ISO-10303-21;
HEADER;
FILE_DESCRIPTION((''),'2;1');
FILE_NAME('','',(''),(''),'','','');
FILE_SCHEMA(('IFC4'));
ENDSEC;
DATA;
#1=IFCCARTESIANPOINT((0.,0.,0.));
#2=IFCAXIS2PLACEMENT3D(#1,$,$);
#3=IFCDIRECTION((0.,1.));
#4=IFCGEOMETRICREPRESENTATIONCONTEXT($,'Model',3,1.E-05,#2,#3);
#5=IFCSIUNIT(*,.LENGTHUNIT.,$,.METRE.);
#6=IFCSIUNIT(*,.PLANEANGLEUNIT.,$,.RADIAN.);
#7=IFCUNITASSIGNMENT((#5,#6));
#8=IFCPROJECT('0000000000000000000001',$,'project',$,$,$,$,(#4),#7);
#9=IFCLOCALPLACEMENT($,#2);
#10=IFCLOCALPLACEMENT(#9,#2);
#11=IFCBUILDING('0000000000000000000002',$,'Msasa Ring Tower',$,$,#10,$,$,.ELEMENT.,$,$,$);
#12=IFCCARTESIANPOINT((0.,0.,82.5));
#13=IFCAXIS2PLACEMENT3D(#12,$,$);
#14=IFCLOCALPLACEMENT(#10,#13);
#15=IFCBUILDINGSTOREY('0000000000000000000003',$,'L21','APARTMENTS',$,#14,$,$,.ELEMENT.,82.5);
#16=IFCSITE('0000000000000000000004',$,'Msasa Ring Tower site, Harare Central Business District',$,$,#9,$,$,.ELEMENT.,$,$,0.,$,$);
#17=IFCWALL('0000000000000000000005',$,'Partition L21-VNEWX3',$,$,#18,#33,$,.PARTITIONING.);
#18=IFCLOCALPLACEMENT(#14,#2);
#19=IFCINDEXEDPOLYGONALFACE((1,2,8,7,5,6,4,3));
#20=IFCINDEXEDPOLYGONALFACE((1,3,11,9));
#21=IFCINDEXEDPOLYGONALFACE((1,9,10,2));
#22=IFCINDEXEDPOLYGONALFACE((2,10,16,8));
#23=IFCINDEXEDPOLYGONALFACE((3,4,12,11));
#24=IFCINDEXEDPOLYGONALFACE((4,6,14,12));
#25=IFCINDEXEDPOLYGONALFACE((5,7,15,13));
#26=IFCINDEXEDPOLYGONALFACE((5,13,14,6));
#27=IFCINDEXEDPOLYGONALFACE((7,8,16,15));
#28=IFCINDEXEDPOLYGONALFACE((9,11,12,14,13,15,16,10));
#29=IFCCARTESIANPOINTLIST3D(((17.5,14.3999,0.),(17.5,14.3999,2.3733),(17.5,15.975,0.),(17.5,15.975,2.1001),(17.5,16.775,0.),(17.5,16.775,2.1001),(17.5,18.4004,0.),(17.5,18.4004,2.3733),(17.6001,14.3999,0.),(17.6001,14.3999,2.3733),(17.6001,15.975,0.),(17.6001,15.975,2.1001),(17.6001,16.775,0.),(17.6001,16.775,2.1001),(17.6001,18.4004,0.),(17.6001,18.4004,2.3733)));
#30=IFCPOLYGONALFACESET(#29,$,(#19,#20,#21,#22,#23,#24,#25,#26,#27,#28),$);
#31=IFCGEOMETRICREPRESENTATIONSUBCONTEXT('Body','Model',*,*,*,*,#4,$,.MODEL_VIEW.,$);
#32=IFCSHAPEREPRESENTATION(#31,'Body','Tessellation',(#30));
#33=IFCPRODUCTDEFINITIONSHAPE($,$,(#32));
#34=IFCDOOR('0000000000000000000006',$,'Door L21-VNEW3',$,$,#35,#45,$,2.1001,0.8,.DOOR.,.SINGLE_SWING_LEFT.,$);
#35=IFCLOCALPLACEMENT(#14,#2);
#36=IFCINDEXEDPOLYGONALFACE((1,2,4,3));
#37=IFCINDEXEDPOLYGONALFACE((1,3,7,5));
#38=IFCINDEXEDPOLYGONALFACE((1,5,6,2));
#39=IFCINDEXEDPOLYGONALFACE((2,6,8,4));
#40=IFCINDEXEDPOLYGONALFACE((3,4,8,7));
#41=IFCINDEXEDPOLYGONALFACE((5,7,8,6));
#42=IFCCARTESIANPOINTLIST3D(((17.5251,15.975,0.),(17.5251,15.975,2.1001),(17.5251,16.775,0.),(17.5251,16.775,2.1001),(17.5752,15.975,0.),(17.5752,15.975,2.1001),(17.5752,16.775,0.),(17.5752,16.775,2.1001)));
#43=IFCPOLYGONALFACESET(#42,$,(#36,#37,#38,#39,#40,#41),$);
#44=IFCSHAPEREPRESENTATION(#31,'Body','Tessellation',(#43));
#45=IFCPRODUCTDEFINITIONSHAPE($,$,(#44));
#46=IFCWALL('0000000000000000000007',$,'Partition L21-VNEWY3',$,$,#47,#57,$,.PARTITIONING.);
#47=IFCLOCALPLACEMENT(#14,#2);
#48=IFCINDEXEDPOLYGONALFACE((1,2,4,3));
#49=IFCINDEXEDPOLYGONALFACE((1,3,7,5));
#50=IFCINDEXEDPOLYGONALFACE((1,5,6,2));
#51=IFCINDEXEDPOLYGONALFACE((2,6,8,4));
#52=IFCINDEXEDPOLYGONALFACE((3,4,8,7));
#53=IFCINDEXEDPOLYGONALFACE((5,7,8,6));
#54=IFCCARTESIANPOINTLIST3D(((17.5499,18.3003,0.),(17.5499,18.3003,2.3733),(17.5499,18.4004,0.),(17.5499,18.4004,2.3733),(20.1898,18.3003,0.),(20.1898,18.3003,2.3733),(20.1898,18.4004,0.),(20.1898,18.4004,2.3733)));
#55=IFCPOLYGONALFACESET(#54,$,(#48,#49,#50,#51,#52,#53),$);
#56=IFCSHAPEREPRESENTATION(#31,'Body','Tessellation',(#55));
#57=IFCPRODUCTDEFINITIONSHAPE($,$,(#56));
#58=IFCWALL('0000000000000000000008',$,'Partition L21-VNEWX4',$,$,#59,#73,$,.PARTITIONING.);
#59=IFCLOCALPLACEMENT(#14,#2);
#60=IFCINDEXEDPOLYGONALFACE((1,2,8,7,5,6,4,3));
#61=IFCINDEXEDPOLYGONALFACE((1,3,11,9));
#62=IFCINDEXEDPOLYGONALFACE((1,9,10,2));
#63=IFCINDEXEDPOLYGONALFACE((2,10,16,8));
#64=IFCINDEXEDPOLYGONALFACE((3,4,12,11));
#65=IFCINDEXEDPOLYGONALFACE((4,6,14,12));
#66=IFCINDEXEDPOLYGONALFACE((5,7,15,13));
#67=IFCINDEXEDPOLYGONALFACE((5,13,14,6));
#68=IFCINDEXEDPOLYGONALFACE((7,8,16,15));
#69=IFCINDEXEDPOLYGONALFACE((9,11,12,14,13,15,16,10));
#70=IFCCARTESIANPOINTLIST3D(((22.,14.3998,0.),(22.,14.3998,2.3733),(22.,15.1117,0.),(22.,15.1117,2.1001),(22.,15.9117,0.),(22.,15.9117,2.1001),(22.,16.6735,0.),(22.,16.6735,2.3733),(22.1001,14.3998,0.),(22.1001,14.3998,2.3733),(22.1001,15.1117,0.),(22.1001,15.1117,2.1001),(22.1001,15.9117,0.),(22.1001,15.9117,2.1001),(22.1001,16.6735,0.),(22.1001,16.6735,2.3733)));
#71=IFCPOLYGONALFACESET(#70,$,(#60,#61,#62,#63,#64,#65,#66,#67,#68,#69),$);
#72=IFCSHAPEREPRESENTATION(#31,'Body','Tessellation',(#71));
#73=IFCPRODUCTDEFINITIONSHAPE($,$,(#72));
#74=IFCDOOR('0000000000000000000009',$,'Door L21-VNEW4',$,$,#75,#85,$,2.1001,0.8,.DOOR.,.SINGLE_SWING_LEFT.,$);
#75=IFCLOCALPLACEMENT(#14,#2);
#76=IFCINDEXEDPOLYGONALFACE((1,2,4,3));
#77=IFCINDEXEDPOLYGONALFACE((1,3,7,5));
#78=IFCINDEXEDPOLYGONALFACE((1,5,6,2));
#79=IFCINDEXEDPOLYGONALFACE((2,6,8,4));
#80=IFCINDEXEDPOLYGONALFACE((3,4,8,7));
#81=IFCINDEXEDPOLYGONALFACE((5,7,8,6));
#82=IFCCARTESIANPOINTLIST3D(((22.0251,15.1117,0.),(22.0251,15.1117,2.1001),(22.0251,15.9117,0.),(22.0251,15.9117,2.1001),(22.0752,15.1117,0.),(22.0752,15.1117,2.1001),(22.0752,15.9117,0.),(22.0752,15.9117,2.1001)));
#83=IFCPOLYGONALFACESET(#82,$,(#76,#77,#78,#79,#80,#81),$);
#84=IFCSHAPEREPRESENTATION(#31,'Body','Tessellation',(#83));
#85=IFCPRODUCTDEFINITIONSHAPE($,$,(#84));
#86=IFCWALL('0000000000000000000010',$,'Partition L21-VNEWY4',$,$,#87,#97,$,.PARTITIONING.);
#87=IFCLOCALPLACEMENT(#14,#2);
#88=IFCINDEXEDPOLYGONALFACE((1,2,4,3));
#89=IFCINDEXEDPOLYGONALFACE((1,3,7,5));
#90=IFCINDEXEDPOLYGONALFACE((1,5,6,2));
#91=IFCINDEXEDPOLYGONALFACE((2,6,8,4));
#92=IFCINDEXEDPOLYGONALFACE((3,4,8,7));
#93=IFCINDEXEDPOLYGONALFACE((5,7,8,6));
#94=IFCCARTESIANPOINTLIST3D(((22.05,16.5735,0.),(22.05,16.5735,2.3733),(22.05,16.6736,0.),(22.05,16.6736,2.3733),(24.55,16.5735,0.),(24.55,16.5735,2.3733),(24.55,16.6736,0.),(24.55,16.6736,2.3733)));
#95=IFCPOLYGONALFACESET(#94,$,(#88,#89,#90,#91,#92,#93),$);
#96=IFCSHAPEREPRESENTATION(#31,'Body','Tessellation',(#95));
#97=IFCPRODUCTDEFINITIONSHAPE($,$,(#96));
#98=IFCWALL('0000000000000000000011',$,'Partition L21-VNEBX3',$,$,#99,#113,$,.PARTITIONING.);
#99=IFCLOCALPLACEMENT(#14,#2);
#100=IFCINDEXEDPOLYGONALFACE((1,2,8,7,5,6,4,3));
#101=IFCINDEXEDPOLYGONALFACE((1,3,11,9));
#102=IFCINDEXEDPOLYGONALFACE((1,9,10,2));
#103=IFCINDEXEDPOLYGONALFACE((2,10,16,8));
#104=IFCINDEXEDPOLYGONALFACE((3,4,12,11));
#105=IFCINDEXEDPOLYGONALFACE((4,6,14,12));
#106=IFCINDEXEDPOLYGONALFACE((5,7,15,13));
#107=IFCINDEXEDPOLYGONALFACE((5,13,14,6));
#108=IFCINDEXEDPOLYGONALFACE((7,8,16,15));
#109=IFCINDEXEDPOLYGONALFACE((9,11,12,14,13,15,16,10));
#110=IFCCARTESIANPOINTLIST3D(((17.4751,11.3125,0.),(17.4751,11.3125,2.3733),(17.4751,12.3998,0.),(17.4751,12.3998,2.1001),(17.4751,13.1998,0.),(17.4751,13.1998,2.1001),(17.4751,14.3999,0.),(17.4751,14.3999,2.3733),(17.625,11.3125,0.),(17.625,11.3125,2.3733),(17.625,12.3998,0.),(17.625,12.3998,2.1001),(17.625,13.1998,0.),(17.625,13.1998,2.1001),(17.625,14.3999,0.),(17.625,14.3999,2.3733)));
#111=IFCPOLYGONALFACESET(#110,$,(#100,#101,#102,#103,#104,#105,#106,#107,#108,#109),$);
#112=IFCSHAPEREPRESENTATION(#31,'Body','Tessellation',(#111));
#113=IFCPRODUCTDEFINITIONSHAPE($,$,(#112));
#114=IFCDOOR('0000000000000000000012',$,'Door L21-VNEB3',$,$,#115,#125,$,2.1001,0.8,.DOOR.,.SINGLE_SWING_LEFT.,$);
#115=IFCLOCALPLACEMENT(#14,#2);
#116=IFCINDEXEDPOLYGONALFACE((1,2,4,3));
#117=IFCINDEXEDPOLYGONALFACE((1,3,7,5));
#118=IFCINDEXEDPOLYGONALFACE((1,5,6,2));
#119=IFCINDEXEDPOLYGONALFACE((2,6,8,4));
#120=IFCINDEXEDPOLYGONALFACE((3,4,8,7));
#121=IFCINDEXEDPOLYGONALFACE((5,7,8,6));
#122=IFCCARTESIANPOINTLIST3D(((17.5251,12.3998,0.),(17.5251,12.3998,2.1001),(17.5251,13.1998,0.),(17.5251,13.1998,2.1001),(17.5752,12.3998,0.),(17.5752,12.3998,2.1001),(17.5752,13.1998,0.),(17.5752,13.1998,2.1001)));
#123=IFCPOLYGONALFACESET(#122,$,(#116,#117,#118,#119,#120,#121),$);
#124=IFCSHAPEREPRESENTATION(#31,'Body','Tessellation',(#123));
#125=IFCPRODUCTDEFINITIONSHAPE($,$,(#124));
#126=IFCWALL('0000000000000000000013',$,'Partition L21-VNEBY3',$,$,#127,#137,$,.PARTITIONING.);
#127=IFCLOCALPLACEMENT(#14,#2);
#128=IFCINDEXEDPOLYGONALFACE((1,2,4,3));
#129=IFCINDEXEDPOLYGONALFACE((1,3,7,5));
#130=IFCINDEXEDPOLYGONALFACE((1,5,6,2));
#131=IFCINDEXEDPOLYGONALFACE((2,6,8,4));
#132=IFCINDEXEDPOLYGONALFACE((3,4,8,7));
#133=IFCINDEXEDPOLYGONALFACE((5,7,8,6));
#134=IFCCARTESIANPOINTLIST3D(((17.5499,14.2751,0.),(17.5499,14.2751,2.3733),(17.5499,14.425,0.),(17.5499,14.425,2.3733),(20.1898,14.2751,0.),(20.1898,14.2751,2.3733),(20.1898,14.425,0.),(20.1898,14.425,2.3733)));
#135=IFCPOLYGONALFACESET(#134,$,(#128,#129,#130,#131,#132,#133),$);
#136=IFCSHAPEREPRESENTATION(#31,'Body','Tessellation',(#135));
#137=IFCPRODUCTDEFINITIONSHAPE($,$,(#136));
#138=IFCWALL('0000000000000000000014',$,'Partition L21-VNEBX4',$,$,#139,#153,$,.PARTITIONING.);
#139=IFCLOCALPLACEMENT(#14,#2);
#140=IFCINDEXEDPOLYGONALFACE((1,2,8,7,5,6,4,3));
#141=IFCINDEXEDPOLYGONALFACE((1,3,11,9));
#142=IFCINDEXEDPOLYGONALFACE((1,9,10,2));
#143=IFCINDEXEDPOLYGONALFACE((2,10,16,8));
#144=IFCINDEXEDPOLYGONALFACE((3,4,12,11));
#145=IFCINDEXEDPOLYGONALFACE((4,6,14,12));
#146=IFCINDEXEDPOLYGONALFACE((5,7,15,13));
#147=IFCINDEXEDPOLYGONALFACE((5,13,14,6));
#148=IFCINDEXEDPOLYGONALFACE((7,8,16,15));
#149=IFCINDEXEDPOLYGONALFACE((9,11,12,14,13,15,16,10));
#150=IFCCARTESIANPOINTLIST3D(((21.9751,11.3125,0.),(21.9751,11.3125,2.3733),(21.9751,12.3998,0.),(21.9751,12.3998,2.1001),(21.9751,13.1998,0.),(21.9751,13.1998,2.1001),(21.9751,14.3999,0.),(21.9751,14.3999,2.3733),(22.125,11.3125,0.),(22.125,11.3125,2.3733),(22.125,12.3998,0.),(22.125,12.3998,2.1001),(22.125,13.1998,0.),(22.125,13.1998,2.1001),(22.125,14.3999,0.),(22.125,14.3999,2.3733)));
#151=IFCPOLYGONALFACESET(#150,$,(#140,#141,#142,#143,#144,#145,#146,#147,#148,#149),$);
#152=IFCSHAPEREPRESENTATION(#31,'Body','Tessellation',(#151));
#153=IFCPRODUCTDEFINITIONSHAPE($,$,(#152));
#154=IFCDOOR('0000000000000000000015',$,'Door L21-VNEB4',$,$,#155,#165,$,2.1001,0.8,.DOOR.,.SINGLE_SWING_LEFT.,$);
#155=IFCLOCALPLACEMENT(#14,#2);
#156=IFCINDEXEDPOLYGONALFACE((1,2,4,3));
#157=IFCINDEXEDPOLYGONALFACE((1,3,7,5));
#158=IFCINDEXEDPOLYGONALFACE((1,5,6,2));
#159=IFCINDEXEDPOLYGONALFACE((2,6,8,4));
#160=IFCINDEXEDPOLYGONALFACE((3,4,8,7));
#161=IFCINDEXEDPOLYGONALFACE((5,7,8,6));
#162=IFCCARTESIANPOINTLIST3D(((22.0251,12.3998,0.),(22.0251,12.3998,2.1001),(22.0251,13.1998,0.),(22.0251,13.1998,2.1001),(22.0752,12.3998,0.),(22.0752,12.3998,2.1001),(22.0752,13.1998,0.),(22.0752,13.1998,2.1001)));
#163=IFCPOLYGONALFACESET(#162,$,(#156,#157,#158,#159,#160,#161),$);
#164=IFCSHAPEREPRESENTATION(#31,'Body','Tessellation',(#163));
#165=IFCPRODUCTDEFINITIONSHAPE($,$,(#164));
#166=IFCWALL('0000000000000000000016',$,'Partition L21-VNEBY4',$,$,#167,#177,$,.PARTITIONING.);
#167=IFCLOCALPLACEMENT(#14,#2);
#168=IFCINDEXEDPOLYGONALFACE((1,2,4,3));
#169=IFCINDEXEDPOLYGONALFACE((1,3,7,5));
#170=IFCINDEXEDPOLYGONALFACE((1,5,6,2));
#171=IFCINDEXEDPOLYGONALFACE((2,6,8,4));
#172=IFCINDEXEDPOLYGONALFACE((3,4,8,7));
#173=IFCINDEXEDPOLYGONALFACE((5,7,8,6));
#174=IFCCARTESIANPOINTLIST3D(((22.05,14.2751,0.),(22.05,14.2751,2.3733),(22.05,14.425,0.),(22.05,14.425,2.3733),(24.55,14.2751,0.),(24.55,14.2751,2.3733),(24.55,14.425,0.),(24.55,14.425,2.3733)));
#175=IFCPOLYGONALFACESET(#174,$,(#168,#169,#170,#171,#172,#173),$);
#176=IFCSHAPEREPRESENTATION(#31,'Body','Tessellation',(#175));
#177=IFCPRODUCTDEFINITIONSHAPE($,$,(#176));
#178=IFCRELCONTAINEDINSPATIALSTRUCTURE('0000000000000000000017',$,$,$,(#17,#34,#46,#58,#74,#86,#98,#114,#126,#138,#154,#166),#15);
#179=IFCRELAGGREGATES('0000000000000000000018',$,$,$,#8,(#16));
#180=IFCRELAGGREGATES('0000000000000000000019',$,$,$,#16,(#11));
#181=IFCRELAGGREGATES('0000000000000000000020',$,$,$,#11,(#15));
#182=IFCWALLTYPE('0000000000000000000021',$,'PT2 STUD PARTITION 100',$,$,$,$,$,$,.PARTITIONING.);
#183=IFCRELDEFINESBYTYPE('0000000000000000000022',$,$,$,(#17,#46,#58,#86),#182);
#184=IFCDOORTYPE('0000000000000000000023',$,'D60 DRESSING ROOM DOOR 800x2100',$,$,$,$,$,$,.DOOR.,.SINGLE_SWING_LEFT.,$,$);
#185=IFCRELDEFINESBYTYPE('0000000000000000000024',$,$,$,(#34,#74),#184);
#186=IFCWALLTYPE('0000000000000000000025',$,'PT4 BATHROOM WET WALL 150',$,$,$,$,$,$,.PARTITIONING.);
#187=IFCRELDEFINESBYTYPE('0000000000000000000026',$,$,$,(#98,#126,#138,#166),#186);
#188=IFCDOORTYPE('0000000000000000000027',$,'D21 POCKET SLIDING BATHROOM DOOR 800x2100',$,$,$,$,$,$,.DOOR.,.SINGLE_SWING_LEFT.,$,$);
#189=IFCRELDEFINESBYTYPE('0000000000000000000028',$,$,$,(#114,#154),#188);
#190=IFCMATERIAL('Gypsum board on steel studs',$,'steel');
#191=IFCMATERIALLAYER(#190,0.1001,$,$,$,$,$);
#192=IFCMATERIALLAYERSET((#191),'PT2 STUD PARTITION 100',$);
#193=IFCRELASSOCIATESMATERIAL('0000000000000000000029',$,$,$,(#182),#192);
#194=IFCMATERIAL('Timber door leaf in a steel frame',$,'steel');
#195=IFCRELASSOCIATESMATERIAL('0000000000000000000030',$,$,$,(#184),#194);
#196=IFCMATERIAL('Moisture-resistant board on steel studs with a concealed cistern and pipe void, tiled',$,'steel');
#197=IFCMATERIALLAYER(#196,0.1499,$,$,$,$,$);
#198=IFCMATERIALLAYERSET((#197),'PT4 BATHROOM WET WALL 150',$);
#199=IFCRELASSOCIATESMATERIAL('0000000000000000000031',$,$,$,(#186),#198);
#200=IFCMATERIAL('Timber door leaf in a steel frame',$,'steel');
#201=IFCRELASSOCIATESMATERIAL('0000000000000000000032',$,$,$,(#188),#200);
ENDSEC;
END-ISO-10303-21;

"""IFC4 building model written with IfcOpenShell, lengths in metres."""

from ifc_helpers import new_model, si_unit, direction, frame, frame_2d, origin, place, context, subcontext, project, spatial, rectangle, extrude, material, layer, layer_set, type_object, element, fill, save


model = new_model("IFC4")

# Units and contexts
model_context = context("Model", 3, precision=1e-05, world=origin(), true_north=direction((0.0, 1.0)))
body_context = subcontext(model_context, "Body", "Model", "MODEL_VIEW")
ifc_project = project(units=[si_unit("LENGTHUNIT", "METRE"), si_unit("PLANEANGLEUNIT", "RADIAN")], contexts=[model_context])

# Site, building, storey
site_placement = place(None, origin())
site = spatial("IfcSite", under=ifc_project, at=site_placement, Name="Msasa Ring Tower site, Harare Central Business District", CompositionType="ELEMENT", RefElevation=0.0)
building_placement = place(site_placement, origin())
building = spatial("IfcBuilding", under=site, at=building_placement, Name="Msasa Ring Tower", CompositionType="ELEMENT")
storey_placement = place(building_placement, frame((0.0, 0.0, 82.5)))
storey = spatial("IfcBuildingStorey", under=building, at=storey_placement, Name="L21", Description="APARTMENTS", CompositionType="ELEMENT", Elevation=82.5)

# Wall, opening, door
ifc_material_1 = material(Name="Gypsum board on steel studs", Category="steel")
ifc_layer_1 = layer(ifc_material_1, 0.1001)
ifc_layer_set_1 = layer_set([ifc_layer_1], Name="PT2 STUD PARTITION 100")
wall_type_1 = type_object("IfcWallType", Name="PT2 STUD PARTITION 100", PredefinedType="PARTITIONING", material=ifc_layer_set_1)
wall_1_placement = place(storey_placement, frame((17.55, 14.3999, 0.0), z_axis=(0.0, 0.0, 1.0), x_axis=(0.0, 1.0, 0.0)))
wall_1 = element("IfcWall", 1, at=wall_1_placement, inside=storey, type_object=wall_type_1, Name="Partition L21-VNEWX3", PredefinedType="PARTITIONING", context=body_context, shape_type="SweptSolid", body=[
    extrude(rectangle(XDim=4.0005, YDim=0.1001, at=frame_2d((2.0002, 0.0))), origin(), (0.0, 0.0, 1.0), 2.3733),
])
opening_1_placement = place(wall_1_placement, frame((1.5752, 0.0, 0.0)))
opening_1 = element("IfcOpeningElement", 2, at=opening_1_placement, cuts=wall_1, PredefinedType="OPENING", context=body_context, shape_type="SweptSolid", body=[
    extrude(rectangle(XDim=0.8, YDim=2.1001, at=frame_2d((0.3999, 1.05))), frame((0.0, 0.0601, 0.0), z_axis=(0.0, -1.0, 0.0), x_axis=(1.0, 0.0, 0.0)), (0.0, 0.0, 1.0), 0.1201),
])
ifc_material_2 = material(Name="Timber door leaf in a steel frame", Category="steel")
door_type_1 = type_object("IfcDoorType", Name="D60 DRESSING ROOM DOOR 800x2100", OperationType="SINGLE_SWING_LEFT", PredefinedType="DOOR", material=ifc_material_2)
door_1_placement = place(opening_1_placement, origin())
door_1 = element("IfcDoor", 3, at=door_1_placement, inside=storey, type_object=door_type_1, Name="Door L21-VNEW3", OperationType="SINGLE_SWING_LEFT", OverallHeight=2.1001, OverallWidth=0.8, PredefinedType="DOOR", context=body_context, shape_type="SweptSolid", body=[
    extrude(rectangle(XDim=0.8, YDim=2.1001, at=frame_2d((0.3999, 1.05))), frame((0.0, 0.0249, 0.0), z_axis=(0.0, -1.0, 0.0), x_axis=(1.0, 0.0, 0.0)), (0.0, 0.0, 1.0), 0.05),
])
fill(opening_1, door_1)

# Wall
wall_2_placement = place(storey_placement, frame((17.55, 18.3503, 0.0), z_axis=(0.0, 0.0, 1.0), x_axis=(1.0, 0.0, 0.0)))
element("IfcWall", 4, at=wall_2_placement, inside=storey, type_object=wall_type_1, Name="Partition L21-VNEWY3", PredefinedType="PARTITIONING", context=body_context, shape_type="SweptSolid", body=[
    extrude(rectangle(XDim=2.6399, YDim=0.1001, at=frame_2d((1.3198, 0.0))), origin(), (0.0, 0.0, 1.0), 2.3733),
])

# Wall, opening, door
wall_3_placement = place(storey_placement, frame((22.05, 14.3999, 0.0), z_axis=(0.0, 0.0, 1.0), x_axis=(0.0, 1.0, 0.0)))
wall_3 = element("IfcWall", 5, at=wall_3_placement, inside=storey, type_object=wall_type_1, Name="Partition L21-VNEWX4", PredefinedType="PARTITIONING", context=body_context, shape_type="SweptSolid", body=[
    extrude(rectangle(XDim=2.2737, YDim=0.1001, at=frame_2d((1.1367, 0.0))), origin(), (0.0, 0.0, 1.0), 2.3733),
])
opening_2_placement = place(wall_3_placement, frame((0.7119, 0.0, 0.0)))
opening_2 = element("IfcOpeningElement", 6, at=opening_2_placement, cuts=wall_3, PredefinedType="OPENING", context=body_context, shape_type="SweptSolid", body=[
    extrude(rectangle(XDim=0.8, YDim=2.1001, at=frame_2d((0.3999, 1.05))), frame((0.0, 0.0601, 0.0), z_axis=(0.0, -1.0, 0.0), x_axis=(1.0, 0.0, 0.0)), (0.0, 0.0, 1.0), 0.1201),
])
door_2_placement = place(opening_2_placement, origin())
door_2 = element("IfcDoor", 7, at=door_2_placement, inside=storey, type_object=door_type_1, Name="Door L21-VNEW4", OperationType="SINGLE_SWING_LEFT", OverallHeight=2.1001, OverallWidth=0.8, PredefinedType="DOOR", context=body_context, shape_type="SweptSolid", body=[
    extrude(rectangle(XDim=0.8, YDim=2.1001, at=frame_2d((0.3999, 1.05))), frame((0.0, 0.0249, 0.0), z_axis=(0.0, -1.0, 0.0), x_axis=(1.0, 0.0, 0.0)), (0.0, 0.0, 1.0), 0.05),
])
fill(opening_2, door_2)

# Wall
wall_4_placement = place(storey_placement, frame((22.05, 16.6235, 0.0), z_axis=(0.0, 0.0, 1.0), x_axis=(1.0, 0.0, 0.0)))
element("IfcWall", 8, at=wall_4_placement, inside=storey, type_object=wall_type_1, Name="Partition L21-VNEWY4", PredefinedType="PARTITIONING", context=body_context, shape_type="SweptSolid", body=[
    extrude(rectangle(XDim=2.5, YDim=0.1001, at=frame_2d((1.25, 0.0))), origin(), (0.0, 0.0, 1.0), 2.3733),
])

# Wall, opening, door
ifc_material_3 = material(Name="Moisture-resistant board on steel studs with a concealed cistern and pipe void, tiled", Category="steel")
ifc_layer_2 = layer(ifc_material_3, 0.1499)
ifc_layer_set_2 = layer_set([ifc_layer_2], Name="PT4 BATHROOM WET WALL 150")
wall_type_2 = type_object("IfcWallType", Name="PT4 BATHROOM WET WALL 150", PredefinedType="PARTITIONING", material=ifc_layer_set_2)
wall_5_placement = place(storey_placement, frame((17.55, 11.3125, 0.0), z_axis=(0.0, 0.0, 1.0), x_axis=(0.0, 1.0, 0.0)))
wall_5 = element("IfcWall", 9, at=wall_5_placement, inside=storey, type_object=wall_type_2, Name="Partition L21-VNEBX3", PredefinedType="PARTITIONING", context=body_context, shape_type="SweptSolid", body=[
    extrude(rectangle(XDim=3.0874, YDim=0.1499, at=frame_2d((1.5437, 0.0))), origin(), (0.0, 0.0, 1.0), 2.3733),
])
opening_3_placement = place(wall_5_placement, frame((1.0874, 0.0, 0.0)))
opening_3 = element("IfcOpeningElement", 10, at=opening_3_placement, cuts=wall_5, PredefinedType="OPENING", context=body_context, shape_type="SweptSolid", body=[
    extrude(rectangle(XDim=0.8, YDim=2.1001, at=frame_2d((0.3999, 1.05))), frame((0.0, 0.085, 0.0), z_axis=(0.0, -1.0, 0.0), x_axis=(1.0, 0.0, 0.0)), (0.0, 0.0, 1.0), 0.1699),
])
ifc_material_4 = material(Name="Timber door leaf in a steel frame", Category="steel")
door_type_2 = type_object("IfcDoorType", Name="D21 POCKET SLIDING BATHROOM DOOR 800x2100", OperationType="SINGLE_SWING_LEFT", PredefinedType="DOOR", material=ifc_material_4)
door_3_placement = place(opening_3_placement, origin())
door_3 = element("IfcDoor", 11, at=door_3_placement, inside=storey, type_object=door_type_2, Name="Door L21-VNEB3", OperationType="SINGLE_SWING_LEFT", OverallHeight=2.1001, OverallWidth=0.8, PredefinedType="DOOR", context=body_context, shape_type="SweptSolid", body=[
    extrude(rectangle(XDim=0.8, YDim=2.1001, at=frame_2d((0.3999, 1.05))), frame((0.0, 0.0249, 0.0), z_axis=(0.0, -1.0, 0.0), x_axis=(1.0, 0.0, 0.0)), (0.0, 0.0, 1.0), 0.05),
])
fill(opening_3, door_3)

# Wall
wall_6_placement = place(storey_placement, frame((17.55, 14.3501, 0.0), z_axis=(0.0, 0.0, 1.0), x_axis=(1.0, 0.0, 0.0)))
element("IfcWall", 12, at=wall_6_placement, inside=storey, type_object=wall_type_2, Name="Partition L21-VNEBY3", PredefinedType="PARTITIONING", context=body_context, shape_type="SweptSolid", body=[
    extrude(rectangle(XDim=2.6399, YDim=0.1499, at=frame_2d((1.3198, 0.0))), origin(), (0.0, 0.0, 1.0), 2.3733),
])

# Wall, opening, door
wall_7_placement = place(storey_placement, frame((22.05, 11.3125, 0.0), z_axis=(0.0, 0.0, 1.0), x_axis=(0.0, 1.0, 0.0)))
wall_7 = element("IfcWall", 13, at=wall_7_placement, inside=storey, type_object=wall_type_2, Name="Partition L21-VNEBX4", PredefinedType="PARTITIONING", context=body_context, shape_type="SweptSolid", body=[
    extrude(rectangle(XDim=3.0874, YDim=0.1499, at=frame_2d((1.5437, 0.0))), origin(), (0.0, 0.0, 1.0), 2.3733),
])
opening_4_placement = place(wall_7_placement, frame((1.0874, 0.0, 0.0)))
opening_4 = element("IfcOpeningElement", 14, at=opening_4_placement, cuts=wall_7, PredefinedType="OPENING", context=body_context, shape_type="SweptSolid", body=[
    extrude(rectangle(XDim=0.8, YDim=2.1001, at=frame_2d((0.3999, 1.05))), frame((0.0, 0.085, 0.0), z_axis=(0.0, -1.0, 0.0), x_axis=(1.0, 0.0, 0.0)), (0.0, 0.0, 1.0), 0.1699),
])
door_4_placement = place(opening_4_placement, origin())
door_4 = element("IfcDoor", 15, at=door_4_placement, inside=storey, type_object=door_type_2, Name="Door L21-VNEB4", OperationType="SINGLE_SWING_LEFT", OverallHeight=2.1001, OverallWidth=0.8, PredefinedType="DOOR", context=body_context, shape_type="SweptSolid", body=[
    extrude(rectangle(XDim=0.8, YDim=2.1001, at=frame_2d((0.3999, 1.05))), frame((0.0, 0.0249, 0.0), z_axis=(0.0, -1.0, 0.0), x_axis=(1.0, 0.0, 0.0)), (0.0, 0.0, 1.0), 0.05),
])
fill(opening_4, door_4)

# Wall
wall_8_placement = place(storey_placement, frame((22.05, 14.3501, 0.0), z_axis=(0.0, 0.0, 1.0), x_axis=(1.0, 0.0, 0.0)))
element("IfcWall", 16, at=wall_8_placement, inside=storey, type_object=wall_type_2, Name="Partition L21-VNEBY4", PredefinedType="PARTITIONING", context=body_context, shape_type="SweptSolid", body=[
    extrude(rectangle(XDim=2.5, YDim=0.1499, at=frame_2d((1.25, 0.0))), origin(), (0.0, 0.0, 1.0), 2.3733),
])

save(model, "model.ifc")
